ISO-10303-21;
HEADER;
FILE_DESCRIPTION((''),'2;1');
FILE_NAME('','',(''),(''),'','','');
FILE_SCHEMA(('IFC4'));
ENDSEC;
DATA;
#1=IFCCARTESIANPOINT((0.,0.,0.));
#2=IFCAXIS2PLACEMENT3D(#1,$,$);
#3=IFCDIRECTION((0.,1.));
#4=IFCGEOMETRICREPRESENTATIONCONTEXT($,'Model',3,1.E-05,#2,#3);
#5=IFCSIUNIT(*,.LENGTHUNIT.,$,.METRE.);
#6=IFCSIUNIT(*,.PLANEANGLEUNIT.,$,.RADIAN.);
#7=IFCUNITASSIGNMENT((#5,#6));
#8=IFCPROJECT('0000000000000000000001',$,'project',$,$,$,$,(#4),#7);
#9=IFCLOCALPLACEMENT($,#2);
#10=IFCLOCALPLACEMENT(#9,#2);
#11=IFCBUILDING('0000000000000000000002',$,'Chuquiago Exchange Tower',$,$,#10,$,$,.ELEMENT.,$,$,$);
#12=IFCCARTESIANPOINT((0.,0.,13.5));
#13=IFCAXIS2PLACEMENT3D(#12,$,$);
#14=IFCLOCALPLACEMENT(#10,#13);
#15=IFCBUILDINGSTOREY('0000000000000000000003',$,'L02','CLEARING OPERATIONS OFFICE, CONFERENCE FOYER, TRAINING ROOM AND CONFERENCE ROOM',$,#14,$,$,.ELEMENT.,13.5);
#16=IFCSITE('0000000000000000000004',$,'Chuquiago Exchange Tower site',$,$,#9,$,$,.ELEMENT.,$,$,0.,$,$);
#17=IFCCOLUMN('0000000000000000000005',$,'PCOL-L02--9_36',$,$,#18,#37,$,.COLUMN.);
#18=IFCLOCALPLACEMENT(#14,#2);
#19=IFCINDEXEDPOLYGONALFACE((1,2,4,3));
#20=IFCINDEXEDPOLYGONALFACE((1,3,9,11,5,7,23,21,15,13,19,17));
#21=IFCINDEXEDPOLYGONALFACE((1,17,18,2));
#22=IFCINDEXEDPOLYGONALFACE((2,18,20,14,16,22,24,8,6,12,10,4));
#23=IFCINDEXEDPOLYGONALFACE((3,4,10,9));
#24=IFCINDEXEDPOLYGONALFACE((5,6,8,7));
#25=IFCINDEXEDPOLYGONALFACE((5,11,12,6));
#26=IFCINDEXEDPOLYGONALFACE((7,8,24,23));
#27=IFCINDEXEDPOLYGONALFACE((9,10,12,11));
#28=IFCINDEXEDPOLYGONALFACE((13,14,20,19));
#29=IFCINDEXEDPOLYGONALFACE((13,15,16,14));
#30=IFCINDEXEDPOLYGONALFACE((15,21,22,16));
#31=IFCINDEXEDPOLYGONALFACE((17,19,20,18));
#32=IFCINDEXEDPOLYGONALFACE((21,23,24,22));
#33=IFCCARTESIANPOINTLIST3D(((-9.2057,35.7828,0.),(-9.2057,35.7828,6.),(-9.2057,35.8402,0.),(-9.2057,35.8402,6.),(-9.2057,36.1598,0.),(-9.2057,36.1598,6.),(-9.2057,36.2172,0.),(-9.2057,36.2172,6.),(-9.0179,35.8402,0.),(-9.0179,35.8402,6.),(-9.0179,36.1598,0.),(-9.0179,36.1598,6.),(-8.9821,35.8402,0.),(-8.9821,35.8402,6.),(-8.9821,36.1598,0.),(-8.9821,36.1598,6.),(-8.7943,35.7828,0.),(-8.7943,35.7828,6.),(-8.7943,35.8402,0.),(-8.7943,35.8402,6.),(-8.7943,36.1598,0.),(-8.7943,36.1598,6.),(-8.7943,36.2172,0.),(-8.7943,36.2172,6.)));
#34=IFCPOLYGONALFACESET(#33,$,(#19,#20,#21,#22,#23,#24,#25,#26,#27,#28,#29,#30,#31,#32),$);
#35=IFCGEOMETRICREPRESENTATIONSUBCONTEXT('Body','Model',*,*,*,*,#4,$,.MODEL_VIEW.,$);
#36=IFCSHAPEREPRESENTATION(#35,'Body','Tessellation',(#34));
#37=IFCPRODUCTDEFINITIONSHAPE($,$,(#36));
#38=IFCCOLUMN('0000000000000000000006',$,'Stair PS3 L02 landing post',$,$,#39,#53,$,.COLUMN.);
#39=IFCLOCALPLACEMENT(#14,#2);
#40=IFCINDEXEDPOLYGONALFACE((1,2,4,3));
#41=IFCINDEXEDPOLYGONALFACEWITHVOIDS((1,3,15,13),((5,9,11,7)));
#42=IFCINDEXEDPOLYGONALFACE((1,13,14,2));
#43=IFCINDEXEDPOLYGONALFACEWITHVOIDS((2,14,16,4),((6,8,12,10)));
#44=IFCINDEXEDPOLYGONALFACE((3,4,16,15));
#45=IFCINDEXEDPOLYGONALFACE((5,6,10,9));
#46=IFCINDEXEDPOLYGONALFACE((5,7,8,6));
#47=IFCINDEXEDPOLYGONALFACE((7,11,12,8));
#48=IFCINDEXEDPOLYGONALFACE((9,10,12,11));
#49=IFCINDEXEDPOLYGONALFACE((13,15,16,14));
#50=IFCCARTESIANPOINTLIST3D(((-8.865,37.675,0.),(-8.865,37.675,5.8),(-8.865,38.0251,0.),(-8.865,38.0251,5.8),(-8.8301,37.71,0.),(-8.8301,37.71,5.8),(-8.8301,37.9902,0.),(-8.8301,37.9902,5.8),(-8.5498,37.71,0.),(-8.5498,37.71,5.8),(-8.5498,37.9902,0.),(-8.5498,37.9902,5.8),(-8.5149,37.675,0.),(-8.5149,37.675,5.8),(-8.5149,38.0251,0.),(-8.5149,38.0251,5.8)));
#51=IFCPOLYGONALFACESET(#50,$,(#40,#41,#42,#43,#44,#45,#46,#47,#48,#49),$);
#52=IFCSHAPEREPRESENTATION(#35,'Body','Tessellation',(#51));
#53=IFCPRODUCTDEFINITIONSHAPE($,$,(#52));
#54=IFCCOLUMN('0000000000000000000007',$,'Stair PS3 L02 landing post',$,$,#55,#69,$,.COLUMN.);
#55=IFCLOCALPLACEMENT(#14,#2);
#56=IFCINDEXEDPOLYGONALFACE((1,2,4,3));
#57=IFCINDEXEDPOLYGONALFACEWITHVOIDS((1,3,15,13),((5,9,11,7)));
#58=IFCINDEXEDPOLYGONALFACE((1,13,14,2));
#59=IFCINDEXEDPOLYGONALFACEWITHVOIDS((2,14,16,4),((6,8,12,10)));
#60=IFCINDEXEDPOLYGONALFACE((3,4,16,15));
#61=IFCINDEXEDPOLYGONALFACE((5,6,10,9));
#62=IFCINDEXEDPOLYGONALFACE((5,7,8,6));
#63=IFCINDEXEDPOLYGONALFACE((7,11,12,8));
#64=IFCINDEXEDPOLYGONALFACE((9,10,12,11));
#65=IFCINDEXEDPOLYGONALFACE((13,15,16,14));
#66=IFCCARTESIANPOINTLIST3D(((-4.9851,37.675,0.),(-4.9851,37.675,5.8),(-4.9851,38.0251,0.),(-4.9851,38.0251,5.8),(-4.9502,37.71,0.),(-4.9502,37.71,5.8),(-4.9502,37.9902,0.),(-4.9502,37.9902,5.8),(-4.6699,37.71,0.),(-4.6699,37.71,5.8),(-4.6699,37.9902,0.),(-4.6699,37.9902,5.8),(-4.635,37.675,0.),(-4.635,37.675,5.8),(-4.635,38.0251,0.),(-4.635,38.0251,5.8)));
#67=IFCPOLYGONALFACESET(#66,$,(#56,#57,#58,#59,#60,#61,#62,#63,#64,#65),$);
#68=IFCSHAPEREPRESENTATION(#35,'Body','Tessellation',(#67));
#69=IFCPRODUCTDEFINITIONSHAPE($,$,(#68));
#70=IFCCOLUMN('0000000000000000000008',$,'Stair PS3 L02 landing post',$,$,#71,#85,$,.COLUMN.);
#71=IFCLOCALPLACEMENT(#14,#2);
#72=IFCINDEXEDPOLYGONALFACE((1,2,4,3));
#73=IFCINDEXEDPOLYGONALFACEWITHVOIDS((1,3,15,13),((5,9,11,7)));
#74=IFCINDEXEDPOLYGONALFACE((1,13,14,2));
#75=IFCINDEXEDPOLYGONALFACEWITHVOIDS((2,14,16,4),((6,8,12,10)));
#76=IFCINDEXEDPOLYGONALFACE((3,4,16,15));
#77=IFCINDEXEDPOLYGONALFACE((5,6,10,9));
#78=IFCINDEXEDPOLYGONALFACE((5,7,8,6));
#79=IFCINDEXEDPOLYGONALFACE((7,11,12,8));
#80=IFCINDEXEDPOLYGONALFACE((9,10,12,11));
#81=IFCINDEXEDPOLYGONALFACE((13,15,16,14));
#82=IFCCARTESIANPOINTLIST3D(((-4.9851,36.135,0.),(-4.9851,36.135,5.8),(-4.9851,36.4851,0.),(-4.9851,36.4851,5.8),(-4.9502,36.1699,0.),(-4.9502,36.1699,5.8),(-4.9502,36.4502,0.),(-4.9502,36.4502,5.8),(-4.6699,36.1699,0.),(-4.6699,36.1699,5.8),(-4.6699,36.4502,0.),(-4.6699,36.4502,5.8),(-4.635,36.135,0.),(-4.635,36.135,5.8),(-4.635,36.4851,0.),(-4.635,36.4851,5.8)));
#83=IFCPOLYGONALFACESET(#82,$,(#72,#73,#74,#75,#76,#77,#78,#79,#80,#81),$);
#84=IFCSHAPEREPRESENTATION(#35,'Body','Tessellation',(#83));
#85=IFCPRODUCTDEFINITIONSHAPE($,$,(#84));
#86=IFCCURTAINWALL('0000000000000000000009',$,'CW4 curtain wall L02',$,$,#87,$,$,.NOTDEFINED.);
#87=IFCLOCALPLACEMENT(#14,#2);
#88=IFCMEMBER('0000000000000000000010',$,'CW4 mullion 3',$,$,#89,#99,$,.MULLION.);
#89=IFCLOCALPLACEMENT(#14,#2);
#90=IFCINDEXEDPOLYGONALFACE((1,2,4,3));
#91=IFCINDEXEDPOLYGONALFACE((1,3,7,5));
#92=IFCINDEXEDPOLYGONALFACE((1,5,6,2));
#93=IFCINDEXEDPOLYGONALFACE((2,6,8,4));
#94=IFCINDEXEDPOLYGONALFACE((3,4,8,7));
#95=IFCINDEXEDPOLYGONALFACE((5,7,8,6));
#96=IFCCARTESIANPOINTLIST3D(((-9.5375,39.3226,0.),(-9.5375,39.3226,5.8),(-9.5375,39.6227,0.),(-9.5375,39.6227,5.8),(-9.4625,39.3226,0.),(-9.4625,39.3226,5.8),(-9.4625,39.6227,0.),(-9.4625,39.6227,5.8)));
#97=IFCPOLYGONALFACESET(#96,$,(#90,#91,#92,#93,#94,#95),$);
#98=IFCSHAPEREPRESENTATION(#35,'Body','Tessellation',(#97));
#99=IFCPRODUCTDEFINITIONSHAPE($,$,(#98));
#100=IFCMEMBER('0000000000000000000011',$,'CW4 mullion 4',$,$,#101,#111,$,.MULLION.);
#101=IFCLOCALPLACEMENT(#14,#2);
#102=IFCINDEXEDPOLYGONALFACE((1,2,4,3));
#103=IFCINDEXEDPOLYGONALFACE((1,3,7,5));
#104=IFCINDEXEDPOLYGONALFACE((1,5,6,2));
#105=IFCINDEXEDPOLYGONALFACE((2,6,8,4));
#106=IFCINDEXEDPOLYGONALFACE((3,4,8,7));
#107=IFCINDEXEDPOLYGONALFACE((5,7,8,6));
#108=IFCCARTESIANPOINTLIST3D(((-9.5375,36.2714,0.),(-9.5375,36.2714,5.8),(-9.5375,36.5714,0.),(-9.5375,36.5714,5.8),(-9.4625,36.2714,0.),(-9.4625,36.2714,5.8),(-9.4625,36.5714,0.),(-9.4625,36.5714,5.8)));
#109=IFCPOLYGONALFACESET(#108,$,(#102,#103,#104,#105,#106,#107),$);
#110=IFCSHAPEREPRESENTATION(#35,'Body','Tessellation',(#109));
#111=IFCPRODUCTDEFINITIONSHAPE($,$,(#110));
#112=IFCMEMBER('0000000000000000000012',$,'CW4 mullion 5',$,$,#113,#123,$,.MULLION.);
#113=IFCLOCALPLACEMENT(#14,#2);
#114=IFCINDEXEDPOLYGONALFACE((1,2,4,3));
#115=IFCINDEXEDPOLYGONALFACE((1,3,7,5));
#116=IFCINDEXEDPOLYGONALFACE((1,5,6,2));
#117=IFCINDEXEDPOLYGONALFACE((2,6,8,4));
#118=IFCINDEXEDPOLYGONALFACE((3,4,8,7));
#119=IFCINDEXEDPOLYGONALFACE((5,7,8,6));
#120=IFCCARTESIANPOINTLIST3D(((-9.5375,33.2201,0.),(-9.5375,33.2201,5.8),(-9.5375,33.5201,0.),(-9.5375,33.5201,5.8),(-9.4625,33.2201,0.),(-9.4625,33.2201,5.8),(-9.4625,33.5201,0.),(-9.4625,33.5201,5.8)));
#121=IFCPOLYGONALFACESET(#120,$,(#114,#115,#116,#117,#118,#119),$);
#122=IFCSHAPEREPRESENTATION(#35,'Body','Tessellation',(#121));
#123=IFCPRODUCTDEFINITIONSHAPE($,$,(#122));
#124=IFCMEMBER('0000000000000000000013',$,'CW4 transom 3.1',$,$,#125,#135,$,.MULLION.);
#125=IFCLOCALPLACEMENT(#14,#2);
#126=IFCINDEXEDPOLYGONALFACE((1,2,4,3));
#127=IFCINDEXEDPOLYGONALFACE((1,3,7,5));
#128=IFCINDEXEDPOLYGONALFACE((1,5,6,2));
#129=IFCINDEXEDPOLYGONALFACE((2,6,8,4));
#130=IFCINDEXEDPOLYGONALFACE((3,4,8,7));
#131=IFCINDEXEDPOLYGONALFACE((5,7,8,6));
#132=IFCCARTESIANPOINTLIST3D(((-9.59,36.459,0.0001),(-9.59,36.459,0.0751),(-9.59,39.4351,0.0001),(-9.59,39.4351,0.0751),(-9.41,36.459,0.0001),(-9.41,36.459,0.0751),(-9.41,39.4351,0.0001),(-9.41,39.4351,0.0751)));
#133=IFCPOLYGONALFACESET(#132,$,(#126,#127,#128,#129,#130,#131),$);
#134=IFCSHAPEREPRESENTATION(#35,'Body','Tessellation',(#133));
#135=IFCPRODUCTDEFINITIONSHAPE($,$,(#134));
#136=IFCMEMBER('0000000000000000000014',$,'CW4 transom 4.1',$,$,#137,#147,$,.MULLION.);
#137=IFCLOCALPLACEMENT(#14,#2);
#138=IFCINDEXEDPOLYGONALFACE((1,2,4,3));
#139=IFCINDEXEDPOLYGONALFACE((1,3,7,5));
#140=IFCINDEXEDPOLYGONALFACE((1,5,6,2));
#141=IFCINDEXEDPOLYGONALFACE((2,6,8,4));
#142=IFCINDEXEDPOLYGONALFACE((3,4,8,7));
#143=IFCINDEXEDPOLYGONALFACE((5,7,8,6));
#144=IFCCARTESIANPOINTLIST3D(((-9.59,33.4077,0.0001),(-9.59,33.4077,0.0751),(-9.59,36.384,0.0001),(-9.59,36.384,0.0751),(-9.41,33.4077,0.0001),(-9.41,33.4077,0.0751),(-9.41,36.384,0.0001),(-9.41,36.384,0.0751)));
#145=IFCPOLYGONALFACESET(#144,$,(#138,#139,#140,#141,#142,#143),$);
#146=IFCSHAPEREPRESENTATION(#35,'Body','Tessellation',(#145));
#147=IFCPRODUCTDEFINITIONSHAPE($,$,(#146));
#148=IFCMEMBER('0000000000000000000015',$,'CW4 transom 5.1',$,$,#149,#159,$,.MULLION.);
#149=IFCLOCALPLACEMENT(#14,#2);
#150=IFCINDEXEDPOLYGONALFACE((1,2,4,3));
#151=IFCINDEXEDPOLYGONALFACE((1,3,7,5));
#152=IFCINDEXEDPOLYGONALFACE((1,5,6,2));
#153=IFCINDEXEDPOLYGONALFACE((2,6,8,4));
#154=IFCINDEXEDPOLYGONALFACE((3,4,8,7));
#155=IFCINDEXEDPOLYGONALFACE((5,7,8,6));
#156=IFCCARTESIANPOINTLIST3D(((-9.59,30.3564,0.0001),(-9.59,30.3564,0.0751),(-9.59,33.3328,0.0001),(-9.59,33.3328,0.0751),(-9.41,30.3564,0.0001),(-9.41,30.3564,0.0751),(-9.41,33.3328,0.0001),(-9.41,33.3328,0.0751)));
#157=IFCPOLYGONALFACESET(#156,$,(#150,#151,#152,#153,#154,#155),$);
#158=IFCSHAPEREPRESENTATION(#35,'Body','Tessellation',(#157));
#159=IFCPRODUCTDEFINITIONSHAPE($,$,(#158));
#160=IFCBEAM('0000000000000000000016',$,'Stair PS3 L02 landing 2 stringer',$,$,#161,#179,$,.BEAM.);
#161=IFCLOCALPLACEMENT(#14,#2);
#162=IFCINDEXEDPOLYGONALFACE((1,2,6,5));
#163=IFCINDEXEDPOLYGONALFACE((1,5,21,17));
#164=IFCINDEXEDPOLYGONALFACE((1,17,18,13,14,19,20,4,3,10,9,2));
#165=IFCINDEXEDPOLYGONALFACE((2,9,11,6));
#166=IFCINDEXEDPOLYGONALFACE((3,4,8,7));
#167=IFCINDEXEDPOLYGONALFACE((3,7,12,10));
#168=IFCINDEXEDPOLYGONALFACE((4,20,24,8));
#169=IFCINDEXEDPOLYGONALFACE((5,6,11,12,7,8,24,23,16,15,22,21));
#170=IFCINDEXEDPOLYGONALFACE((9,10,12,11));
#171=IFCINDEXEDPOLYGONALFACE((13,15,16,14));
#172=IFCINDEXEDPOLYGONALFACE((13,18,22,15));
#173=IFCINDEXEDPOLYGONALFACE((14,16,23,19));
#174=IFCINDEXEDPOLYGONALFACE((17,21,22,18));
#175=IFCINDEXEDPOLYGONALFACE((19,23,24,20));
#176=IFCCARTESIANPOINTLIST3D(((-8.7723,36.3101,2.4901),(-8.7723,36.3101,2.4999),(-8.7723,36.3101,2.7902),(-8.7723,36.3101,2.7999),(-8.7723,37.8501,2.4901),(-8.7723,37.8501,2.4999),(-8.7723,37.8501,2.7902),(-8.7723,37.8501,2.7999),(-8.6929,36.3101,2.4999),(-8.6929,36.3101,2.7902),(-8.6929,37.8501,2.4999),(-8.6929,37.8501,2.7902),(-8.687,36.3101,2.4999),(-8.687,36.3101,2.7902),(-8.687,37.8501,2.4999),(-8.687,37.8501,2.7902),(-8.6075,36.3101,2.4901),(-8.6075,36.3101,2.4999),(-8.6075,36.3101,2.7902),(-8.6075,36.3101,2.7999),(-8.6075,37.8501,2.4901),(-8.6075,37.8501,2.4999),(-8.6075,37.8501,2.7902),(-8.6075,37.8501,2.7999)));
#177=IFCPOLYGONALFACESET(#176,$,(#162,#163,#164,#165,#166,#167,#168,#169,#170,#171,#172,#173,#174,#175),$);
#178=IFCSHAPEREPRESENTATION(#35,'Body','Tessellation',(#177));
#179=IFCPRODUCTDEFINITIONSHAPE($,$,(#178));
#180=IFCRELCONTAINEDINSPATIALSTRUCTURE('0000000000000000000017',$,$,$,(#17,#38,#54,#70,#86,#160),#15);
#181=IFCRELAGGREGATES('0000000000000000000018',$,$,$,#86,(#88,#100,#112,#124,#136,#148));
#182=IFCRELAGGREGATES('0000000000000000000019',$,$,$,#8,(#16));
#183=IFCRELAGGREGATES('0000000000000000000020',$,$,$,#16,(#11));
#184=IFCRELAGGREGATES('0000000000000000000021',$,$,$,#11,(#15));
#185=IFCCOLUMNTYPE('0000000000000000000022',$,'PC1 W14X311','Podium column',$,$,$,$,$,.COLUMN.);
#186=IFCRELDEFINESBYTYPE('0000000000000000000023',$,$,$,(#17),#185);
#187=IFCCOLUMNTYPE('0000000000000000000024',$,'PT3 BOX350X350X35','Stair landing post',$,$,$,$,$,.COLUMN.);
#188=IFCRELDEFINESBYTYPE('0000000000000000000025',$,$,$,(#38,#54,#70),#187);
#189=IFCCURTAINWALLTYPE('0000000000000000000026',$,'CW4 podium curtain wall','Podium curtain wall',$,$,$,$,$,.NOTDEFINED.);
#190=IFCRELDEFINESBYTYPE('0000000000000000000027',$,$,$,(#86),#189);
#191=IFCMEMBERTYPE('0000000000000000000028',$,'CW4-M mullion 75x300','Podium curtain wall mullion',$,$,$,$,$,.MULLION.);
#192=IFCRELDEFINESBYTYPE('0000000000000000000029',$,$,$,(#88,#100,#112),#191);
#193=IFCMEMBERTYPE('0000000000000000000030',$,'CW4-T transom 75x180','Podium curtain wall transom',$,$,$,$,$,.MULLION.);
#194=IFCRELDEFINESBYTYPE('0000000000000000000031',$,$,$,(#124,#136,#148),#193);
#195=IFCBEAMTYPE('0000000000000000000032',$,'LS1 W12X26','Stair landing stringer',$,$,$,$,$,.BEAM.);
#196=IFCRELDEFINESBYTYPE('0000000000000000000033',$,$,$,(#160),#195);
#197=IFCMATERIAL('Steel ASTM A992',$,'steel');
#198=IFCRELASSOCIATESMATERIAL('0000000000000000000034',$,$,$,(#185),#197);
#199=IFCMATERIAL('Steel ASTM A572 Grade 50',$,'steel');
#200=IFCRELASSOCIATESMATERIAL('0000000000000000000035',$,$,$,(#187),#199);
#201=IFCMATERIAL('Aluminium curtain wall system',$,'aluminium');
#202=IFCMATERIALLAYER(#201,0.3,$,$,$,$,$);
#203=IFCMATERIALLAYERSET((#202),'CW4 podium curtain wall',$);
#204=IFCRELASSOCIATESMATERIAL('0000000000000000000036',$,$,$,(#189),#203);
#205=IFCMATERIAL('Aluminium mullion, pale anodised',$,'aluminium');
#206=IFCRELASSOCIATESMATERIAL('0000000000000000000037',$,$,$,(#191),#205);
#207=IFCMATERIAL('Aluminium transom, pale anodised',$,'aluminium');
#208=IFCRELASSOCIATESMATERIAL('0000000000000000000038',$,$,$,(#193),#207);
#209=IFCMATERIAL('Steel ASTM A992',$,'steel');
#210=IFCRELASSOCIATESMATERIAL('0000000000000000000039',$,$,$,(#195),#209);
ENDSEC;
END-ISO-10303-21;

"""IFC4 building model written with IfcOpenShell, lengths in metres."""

from ifc_helpers import new_model, si_unit, direction, frame, origin, origin_2d, place, context, subcontext, project, spatial, rectangle, hollow_rectangle, i_section, extrude, material, layer, layer_set, material_profile, profile_set, type_object, element, aggregate, save


model = new_model("IFC4")

# Units and contexts
model_context = context("Model", 3, precision=1e-05, world=origin(), true_north=direction((0.0, 1.0)))
body_context = subcontext(model_context, "Body", "Model", "MODEL_VIEW")
ifc_project = project(units=[si_unit("LENGTHUNIT", "METRE"), si_unit("PLANEANGLEUNIT", "RADIAN")], contexts=[model_context])

# Site, building, storey
site_placement = place(None, origin())
site = spatial("IfcSite", under=ifc_project, at=site_placement, Name="Chuquiago Exchange Tower site", CompositionType="ELEMENT", RefElevation=0.0)
building_placement = place(site_placement, origin())
building = spatial("IfcBuilding", under=site, at=building_placement, Name="Chuquiago Exchange Tower", CompositionType="ELEMENT")
storey_placement = place(building_placement, frame((0.0, 0.0, 13.5)))
storey = spatial("IfcBuildingStorey", under=building, at=storey_placement, Name="L02", Description="CLEARING OPERATIONS OFFICE, CONFERENCE FOYER, TRAINING ROOM AND CONFERENCE ROOM", CompositionType="ELEMENT", Elevation=13.5)

# Columns
ifc_material_1 = material(Name="Steel ASTM A992", Category="steel")
ifc_material_profile_1 = material_profile(ifc_material_1, i_section(OverallWidth=0.4114, OverallDepth=0.4343, WebThickness=0.0359, FlangeThickness=0.0574, at=origin_2d()), Name="W14X311")
ifc_profile_set_1 = profile_set([ifc_material_profile_1], Name="Steel ASTM A992")
column_type_1 = type_object("IfcColumnType", Name="PC1 W14X311", Description="Podium column", PredefinedType="COLUMN", material=ifc_profile_set_1)
column_placement = place(storey_placement, frame((-9.0, 36.0, 0.0), z_axis=(0.0, 0.0, 1.0), x_axis=(1.0, 0.0, 0.0)))
element("IfcColumn", 1, at=column_placement, inside=storey, type_object=column_type_1, Name="PCOL-L02--9_36", PredefinedType="COLUMN", context=body_context, shape_type="SweptSolid", body=[
    extrude(i_section(OverallWidth=0.4114, OverallDepth=0.4343, WebThickness=0.0359, FlangeThickness=0.0574, at=origin_2d()), origin(), (0.0, 0.0, 1.0), 6.0),
])
ifc_material_2 = material(Name="Steel ASTM A572 Grade 50", Category="steel")
ifc_material_profile_2 = material_profile(ifc_material_2, hollow_rectangle(XDim=0.3501, YDim=0.3501, WallThickness=0.0349, at=origin_2d()), Name="BOX350X350X35")
ifc_profile_set_2 = profile_set([ifc_material_profile_2], Name="Steel ASTM A572 Grade 50")
column_type_2 = type_object("IfcColumnType", Name="PT3 BOX350X350X35", Description="Stair landing post", PredefinedType="COLUMN", material=ifc_profile_set_2)
for number, where, z_axis, x_axis, name in (
    (2, (-8.6899, 37.8501, 0.0), (0.0, 0.0, 1.0), (1.0, 0.0, 0.0), "Stair PS3 L02 landing post"),
    (3, (-4.8101, 37.8501, 0.0), (0.0, 0.0, 1.0), (1.0, 0.0, 0.0), "Stair PS3 L02 landing post"),
    (4, (-4.8101, 36.3101, 0.0), (0.0, 0.0, 1.0), (1.0, 0.0, 0.0), "Stair PS3 L02 landing post"),
):
    element("IfcColumn", number, at=place(storey_placement, frame(where, z_axis=z_axis, x_axis=x_axis)), inside=storey, type_object=column_type_2, Name=name, PredefinedType="COLUMN", context=body_context, shape_type="SweptSolid", body=[
        extrude(hollow_rectangle(XDim=0.3501, YDim=0.3501, WallThickness=0.0349, at=origin_2d()), origin(), (0.0, 0.0, 1.0), 5.8),
    ])

# Curtain wall, members
ifc_material_3 = material(Name="Aluminium curtain wall system", Category="aluminium")
ifc_layer_1 = layer(ifc_material_3, 0.3)
ifc_layer_set_1 = layer_set([ifc_layer_1], Name="CW4 podium curtain wall")
curtain_wall_type = type_object("IfcCurtainWallType", Name="CW4 podium curtain wall", Description="Podium curtain wall", PredefinedType="NOTDEFINED", material=ifc_layer_set_1)
curtain_wall_placement = place(storey_placement, origin())
curtain_wall = element("IfcCurtainWall", 5, at=curtain_wall_placement, inside=storey, type_object=curtain_wall_type, Name="CW4 curtain wall L02", PredefinedType="NOTDEFINED")
ifc_material_4 = material(Name="Aluminium mullion, pale anodised", Category="aluminium")
ifc_material_profile_3 = material_profile(ifc_material_4, rectangle(XDim=0.075, YDim=0.3, at=origin_2d()), Name="AL 75x300")
ifc_profile_set_3 = profile_set([ifc_material_profile_3], Name="Aluminium mullion, pale anodised")
member_type_1 = type_object("IfcMemberType", Name="CW4-M mullion 75x300", Description="Podium curtain wall mullion", PredefinedType="MULLION", material=ifc_profile_set_3)
member_1_placement = place(storey_placement, frame((-9.5, 39.4727, 0.0), z_axis=(0.0, 0.0, 1.0), x_axis=(1.0, 0.0, 0.0)))
member_1 = element("IfcMember", 6, at=member_1_placement, type_object=member_type_1, Name="CW4 mullion 3", PredefinedType="MULLION", context=body_context, shape_type="SweptSolid", body=[
    extrude(rectangle(XDim=0.075, YDim=0.3, at=origin_2d()), origin(), (0.0, 0.0, 1.0), 5.8),
])
member_2_placement = place(storey_placement, frame((-9.5, 36.4214, 0.0), z_axis=(0.0, 0.0, 1.0), x_axis=(1.0, 0.0, 0.0)))
member_2 = element("IfcMember", 7, at=member_2_placement, type_object=member_type_1, Name="CW4 mullion 4", PredefinedType="MULLION", context=body_context, shape_type="SweptSolid", body=[
    extrude(rectangle(XDim=0.075, YDim=0.3, at=origin_2d()), origin(), (0.0, 0.0, 1.0), 5.8),
])
member_3_placement = place(storey_placement, frame((-9.5, 33.3701, 0.0), z_axis=(0.0, 0.0, 1.0), x_axis=(1.0, 0.0, 0.0)))
member_3 = element("IfcMember", 8, at=member_3_placement, type_object=member_type_1, Name="CW4 mullion 5", PredefinedType="MULLION", context=body_context, shape_type="SweptSolid", body=[
    extrude(rectangle(XDim=0.075, YDim=0.3, at=origin_2d()), origin(), (0.0, 0.0, 1.0), 5.8),
])
ifc_material_5 = material(Name="Aluminium transom, pale anodised", Category="aluminium")
ifc_material_profile_4 = material_profile(ifc_material_5, rectangle(XDim=0.1799, YDim=0.075, at=origin_2d()), Name="AL 180x75")
ifc_profile_set_4 = profile_set([ifc_material_profile_4], Name="Aluminium transom, pale anodised")
member_type_2 = type_object("IfcMemberType", Name="CW4-T transom 75x180", Description="Podium curtain wall transom", PredefinedType="MULLION", material=ifc_profile_set_4)
member_4_placement = place(storey_placement, frame((-9.5, 39.4351, 0.0376), z_axis=(0.0, -1.0, 0.0), x_axis=(1.0, 0.0, 0.0)))
member_4 = element("IfcMember", 9, at=member_4_placement, type_object=member_type_2, Name="CW4 transom 3.1", PredefinedType="MULLION", context=body_context, shape_type="SweptSolid", body=[
    extrude(rectangle(XDim=0.1799, YDim=0.075, at=origin_2d()), origin(), (0.0, 0.0, 1.0), 2.9761),
])
member_5_placement = place(storey_placement, frame((-9.5, 36.384, 0.0376), z_axis=(0.0, -1.0, 0.0), x_axis=(1.0, 0.0, 0.0)))
member_5 = element("IfcMember", 10, at=member_5_placement, type_object=member_type_2, Name="CW4 transom 4.1", PredefinedType="MULLION", context=body_context, shape_type="SweptSolid", body=[
    extrude(rectangle(XDim=0.1799, YDim=0.075, at=origin_2d()), origin(), (0.0, 0.0, 1.0), 2.9763),
])
member_6_placement = place(storey_placement, frame((-9.5, 33.3328, 0.0376), z_axis=(0.0, -1.0, 0.0), x_axis=(1.0, 0.0, 0.0)))
member_6 = element("IfcMember", 11, at=member_6_placement, type_object=member_type_2, Name="CW4 transom 5.1", PredefinedType="MULLION", context=body_context, shape_type="SweptSolid", body=[
    extrude(rectangle(XDim=0.1799, YDim=0.075, at=origin_2d()), origin(), (0.0, 0.0, 1.0), 2.9763),
])

# Beam
ifc_material_6 = material(Name="Steel ASTM A992", Category="steel")
ifc_material_profile_5 = material_profile(ifc_material_6, i_section(OverallWidth=0.1648, OverallDepth=0.3098, WebThickness=0.0059, FlangeThickness=0.0098, at=origin_2d()), Name="W12X26")
ifc_profile_set_5 = profile_set([ifc_material_profile_5], Name="Steel ASTM A992")
beam_type_1 = type_object("IfcBeamType", Name="LS1 W12X26", Description="Stair landing stringer", PredefinedType="BEAM", material=ifc_profile_set_5)
for number, where, z_axis, x_axis, name in (
    (12, (-8.6899, 36.3101, 2.645), (0.0, 1.0, 0.0), (-1.0, 0.0, 0.0), "Stair PS3 L02 landing 2 stringer"),
):
    element("IfcBeam", number, at=place(storey_placement, frame(where, z_axis=z_axis, x_axis=x_axis)), inside=storey, type_object=beam_type_1, Name=name, PredefinedType="BEAM", context=body_context, shape_type="SweptSolid", body=[
        extrude(i_section(OverallWidth=0.1648, OverallDepth=0.3098, WebThickness=0.0059, FlangeThickness=0.0098, at=origin_2d()), origin(), (0.0, 0.0, 1.0), 1.54),
    ])

aggregate(curtain_wall, [member_1, member_2, member_3, member_4, member_5, member_6])

save(model, "model.ifc")
